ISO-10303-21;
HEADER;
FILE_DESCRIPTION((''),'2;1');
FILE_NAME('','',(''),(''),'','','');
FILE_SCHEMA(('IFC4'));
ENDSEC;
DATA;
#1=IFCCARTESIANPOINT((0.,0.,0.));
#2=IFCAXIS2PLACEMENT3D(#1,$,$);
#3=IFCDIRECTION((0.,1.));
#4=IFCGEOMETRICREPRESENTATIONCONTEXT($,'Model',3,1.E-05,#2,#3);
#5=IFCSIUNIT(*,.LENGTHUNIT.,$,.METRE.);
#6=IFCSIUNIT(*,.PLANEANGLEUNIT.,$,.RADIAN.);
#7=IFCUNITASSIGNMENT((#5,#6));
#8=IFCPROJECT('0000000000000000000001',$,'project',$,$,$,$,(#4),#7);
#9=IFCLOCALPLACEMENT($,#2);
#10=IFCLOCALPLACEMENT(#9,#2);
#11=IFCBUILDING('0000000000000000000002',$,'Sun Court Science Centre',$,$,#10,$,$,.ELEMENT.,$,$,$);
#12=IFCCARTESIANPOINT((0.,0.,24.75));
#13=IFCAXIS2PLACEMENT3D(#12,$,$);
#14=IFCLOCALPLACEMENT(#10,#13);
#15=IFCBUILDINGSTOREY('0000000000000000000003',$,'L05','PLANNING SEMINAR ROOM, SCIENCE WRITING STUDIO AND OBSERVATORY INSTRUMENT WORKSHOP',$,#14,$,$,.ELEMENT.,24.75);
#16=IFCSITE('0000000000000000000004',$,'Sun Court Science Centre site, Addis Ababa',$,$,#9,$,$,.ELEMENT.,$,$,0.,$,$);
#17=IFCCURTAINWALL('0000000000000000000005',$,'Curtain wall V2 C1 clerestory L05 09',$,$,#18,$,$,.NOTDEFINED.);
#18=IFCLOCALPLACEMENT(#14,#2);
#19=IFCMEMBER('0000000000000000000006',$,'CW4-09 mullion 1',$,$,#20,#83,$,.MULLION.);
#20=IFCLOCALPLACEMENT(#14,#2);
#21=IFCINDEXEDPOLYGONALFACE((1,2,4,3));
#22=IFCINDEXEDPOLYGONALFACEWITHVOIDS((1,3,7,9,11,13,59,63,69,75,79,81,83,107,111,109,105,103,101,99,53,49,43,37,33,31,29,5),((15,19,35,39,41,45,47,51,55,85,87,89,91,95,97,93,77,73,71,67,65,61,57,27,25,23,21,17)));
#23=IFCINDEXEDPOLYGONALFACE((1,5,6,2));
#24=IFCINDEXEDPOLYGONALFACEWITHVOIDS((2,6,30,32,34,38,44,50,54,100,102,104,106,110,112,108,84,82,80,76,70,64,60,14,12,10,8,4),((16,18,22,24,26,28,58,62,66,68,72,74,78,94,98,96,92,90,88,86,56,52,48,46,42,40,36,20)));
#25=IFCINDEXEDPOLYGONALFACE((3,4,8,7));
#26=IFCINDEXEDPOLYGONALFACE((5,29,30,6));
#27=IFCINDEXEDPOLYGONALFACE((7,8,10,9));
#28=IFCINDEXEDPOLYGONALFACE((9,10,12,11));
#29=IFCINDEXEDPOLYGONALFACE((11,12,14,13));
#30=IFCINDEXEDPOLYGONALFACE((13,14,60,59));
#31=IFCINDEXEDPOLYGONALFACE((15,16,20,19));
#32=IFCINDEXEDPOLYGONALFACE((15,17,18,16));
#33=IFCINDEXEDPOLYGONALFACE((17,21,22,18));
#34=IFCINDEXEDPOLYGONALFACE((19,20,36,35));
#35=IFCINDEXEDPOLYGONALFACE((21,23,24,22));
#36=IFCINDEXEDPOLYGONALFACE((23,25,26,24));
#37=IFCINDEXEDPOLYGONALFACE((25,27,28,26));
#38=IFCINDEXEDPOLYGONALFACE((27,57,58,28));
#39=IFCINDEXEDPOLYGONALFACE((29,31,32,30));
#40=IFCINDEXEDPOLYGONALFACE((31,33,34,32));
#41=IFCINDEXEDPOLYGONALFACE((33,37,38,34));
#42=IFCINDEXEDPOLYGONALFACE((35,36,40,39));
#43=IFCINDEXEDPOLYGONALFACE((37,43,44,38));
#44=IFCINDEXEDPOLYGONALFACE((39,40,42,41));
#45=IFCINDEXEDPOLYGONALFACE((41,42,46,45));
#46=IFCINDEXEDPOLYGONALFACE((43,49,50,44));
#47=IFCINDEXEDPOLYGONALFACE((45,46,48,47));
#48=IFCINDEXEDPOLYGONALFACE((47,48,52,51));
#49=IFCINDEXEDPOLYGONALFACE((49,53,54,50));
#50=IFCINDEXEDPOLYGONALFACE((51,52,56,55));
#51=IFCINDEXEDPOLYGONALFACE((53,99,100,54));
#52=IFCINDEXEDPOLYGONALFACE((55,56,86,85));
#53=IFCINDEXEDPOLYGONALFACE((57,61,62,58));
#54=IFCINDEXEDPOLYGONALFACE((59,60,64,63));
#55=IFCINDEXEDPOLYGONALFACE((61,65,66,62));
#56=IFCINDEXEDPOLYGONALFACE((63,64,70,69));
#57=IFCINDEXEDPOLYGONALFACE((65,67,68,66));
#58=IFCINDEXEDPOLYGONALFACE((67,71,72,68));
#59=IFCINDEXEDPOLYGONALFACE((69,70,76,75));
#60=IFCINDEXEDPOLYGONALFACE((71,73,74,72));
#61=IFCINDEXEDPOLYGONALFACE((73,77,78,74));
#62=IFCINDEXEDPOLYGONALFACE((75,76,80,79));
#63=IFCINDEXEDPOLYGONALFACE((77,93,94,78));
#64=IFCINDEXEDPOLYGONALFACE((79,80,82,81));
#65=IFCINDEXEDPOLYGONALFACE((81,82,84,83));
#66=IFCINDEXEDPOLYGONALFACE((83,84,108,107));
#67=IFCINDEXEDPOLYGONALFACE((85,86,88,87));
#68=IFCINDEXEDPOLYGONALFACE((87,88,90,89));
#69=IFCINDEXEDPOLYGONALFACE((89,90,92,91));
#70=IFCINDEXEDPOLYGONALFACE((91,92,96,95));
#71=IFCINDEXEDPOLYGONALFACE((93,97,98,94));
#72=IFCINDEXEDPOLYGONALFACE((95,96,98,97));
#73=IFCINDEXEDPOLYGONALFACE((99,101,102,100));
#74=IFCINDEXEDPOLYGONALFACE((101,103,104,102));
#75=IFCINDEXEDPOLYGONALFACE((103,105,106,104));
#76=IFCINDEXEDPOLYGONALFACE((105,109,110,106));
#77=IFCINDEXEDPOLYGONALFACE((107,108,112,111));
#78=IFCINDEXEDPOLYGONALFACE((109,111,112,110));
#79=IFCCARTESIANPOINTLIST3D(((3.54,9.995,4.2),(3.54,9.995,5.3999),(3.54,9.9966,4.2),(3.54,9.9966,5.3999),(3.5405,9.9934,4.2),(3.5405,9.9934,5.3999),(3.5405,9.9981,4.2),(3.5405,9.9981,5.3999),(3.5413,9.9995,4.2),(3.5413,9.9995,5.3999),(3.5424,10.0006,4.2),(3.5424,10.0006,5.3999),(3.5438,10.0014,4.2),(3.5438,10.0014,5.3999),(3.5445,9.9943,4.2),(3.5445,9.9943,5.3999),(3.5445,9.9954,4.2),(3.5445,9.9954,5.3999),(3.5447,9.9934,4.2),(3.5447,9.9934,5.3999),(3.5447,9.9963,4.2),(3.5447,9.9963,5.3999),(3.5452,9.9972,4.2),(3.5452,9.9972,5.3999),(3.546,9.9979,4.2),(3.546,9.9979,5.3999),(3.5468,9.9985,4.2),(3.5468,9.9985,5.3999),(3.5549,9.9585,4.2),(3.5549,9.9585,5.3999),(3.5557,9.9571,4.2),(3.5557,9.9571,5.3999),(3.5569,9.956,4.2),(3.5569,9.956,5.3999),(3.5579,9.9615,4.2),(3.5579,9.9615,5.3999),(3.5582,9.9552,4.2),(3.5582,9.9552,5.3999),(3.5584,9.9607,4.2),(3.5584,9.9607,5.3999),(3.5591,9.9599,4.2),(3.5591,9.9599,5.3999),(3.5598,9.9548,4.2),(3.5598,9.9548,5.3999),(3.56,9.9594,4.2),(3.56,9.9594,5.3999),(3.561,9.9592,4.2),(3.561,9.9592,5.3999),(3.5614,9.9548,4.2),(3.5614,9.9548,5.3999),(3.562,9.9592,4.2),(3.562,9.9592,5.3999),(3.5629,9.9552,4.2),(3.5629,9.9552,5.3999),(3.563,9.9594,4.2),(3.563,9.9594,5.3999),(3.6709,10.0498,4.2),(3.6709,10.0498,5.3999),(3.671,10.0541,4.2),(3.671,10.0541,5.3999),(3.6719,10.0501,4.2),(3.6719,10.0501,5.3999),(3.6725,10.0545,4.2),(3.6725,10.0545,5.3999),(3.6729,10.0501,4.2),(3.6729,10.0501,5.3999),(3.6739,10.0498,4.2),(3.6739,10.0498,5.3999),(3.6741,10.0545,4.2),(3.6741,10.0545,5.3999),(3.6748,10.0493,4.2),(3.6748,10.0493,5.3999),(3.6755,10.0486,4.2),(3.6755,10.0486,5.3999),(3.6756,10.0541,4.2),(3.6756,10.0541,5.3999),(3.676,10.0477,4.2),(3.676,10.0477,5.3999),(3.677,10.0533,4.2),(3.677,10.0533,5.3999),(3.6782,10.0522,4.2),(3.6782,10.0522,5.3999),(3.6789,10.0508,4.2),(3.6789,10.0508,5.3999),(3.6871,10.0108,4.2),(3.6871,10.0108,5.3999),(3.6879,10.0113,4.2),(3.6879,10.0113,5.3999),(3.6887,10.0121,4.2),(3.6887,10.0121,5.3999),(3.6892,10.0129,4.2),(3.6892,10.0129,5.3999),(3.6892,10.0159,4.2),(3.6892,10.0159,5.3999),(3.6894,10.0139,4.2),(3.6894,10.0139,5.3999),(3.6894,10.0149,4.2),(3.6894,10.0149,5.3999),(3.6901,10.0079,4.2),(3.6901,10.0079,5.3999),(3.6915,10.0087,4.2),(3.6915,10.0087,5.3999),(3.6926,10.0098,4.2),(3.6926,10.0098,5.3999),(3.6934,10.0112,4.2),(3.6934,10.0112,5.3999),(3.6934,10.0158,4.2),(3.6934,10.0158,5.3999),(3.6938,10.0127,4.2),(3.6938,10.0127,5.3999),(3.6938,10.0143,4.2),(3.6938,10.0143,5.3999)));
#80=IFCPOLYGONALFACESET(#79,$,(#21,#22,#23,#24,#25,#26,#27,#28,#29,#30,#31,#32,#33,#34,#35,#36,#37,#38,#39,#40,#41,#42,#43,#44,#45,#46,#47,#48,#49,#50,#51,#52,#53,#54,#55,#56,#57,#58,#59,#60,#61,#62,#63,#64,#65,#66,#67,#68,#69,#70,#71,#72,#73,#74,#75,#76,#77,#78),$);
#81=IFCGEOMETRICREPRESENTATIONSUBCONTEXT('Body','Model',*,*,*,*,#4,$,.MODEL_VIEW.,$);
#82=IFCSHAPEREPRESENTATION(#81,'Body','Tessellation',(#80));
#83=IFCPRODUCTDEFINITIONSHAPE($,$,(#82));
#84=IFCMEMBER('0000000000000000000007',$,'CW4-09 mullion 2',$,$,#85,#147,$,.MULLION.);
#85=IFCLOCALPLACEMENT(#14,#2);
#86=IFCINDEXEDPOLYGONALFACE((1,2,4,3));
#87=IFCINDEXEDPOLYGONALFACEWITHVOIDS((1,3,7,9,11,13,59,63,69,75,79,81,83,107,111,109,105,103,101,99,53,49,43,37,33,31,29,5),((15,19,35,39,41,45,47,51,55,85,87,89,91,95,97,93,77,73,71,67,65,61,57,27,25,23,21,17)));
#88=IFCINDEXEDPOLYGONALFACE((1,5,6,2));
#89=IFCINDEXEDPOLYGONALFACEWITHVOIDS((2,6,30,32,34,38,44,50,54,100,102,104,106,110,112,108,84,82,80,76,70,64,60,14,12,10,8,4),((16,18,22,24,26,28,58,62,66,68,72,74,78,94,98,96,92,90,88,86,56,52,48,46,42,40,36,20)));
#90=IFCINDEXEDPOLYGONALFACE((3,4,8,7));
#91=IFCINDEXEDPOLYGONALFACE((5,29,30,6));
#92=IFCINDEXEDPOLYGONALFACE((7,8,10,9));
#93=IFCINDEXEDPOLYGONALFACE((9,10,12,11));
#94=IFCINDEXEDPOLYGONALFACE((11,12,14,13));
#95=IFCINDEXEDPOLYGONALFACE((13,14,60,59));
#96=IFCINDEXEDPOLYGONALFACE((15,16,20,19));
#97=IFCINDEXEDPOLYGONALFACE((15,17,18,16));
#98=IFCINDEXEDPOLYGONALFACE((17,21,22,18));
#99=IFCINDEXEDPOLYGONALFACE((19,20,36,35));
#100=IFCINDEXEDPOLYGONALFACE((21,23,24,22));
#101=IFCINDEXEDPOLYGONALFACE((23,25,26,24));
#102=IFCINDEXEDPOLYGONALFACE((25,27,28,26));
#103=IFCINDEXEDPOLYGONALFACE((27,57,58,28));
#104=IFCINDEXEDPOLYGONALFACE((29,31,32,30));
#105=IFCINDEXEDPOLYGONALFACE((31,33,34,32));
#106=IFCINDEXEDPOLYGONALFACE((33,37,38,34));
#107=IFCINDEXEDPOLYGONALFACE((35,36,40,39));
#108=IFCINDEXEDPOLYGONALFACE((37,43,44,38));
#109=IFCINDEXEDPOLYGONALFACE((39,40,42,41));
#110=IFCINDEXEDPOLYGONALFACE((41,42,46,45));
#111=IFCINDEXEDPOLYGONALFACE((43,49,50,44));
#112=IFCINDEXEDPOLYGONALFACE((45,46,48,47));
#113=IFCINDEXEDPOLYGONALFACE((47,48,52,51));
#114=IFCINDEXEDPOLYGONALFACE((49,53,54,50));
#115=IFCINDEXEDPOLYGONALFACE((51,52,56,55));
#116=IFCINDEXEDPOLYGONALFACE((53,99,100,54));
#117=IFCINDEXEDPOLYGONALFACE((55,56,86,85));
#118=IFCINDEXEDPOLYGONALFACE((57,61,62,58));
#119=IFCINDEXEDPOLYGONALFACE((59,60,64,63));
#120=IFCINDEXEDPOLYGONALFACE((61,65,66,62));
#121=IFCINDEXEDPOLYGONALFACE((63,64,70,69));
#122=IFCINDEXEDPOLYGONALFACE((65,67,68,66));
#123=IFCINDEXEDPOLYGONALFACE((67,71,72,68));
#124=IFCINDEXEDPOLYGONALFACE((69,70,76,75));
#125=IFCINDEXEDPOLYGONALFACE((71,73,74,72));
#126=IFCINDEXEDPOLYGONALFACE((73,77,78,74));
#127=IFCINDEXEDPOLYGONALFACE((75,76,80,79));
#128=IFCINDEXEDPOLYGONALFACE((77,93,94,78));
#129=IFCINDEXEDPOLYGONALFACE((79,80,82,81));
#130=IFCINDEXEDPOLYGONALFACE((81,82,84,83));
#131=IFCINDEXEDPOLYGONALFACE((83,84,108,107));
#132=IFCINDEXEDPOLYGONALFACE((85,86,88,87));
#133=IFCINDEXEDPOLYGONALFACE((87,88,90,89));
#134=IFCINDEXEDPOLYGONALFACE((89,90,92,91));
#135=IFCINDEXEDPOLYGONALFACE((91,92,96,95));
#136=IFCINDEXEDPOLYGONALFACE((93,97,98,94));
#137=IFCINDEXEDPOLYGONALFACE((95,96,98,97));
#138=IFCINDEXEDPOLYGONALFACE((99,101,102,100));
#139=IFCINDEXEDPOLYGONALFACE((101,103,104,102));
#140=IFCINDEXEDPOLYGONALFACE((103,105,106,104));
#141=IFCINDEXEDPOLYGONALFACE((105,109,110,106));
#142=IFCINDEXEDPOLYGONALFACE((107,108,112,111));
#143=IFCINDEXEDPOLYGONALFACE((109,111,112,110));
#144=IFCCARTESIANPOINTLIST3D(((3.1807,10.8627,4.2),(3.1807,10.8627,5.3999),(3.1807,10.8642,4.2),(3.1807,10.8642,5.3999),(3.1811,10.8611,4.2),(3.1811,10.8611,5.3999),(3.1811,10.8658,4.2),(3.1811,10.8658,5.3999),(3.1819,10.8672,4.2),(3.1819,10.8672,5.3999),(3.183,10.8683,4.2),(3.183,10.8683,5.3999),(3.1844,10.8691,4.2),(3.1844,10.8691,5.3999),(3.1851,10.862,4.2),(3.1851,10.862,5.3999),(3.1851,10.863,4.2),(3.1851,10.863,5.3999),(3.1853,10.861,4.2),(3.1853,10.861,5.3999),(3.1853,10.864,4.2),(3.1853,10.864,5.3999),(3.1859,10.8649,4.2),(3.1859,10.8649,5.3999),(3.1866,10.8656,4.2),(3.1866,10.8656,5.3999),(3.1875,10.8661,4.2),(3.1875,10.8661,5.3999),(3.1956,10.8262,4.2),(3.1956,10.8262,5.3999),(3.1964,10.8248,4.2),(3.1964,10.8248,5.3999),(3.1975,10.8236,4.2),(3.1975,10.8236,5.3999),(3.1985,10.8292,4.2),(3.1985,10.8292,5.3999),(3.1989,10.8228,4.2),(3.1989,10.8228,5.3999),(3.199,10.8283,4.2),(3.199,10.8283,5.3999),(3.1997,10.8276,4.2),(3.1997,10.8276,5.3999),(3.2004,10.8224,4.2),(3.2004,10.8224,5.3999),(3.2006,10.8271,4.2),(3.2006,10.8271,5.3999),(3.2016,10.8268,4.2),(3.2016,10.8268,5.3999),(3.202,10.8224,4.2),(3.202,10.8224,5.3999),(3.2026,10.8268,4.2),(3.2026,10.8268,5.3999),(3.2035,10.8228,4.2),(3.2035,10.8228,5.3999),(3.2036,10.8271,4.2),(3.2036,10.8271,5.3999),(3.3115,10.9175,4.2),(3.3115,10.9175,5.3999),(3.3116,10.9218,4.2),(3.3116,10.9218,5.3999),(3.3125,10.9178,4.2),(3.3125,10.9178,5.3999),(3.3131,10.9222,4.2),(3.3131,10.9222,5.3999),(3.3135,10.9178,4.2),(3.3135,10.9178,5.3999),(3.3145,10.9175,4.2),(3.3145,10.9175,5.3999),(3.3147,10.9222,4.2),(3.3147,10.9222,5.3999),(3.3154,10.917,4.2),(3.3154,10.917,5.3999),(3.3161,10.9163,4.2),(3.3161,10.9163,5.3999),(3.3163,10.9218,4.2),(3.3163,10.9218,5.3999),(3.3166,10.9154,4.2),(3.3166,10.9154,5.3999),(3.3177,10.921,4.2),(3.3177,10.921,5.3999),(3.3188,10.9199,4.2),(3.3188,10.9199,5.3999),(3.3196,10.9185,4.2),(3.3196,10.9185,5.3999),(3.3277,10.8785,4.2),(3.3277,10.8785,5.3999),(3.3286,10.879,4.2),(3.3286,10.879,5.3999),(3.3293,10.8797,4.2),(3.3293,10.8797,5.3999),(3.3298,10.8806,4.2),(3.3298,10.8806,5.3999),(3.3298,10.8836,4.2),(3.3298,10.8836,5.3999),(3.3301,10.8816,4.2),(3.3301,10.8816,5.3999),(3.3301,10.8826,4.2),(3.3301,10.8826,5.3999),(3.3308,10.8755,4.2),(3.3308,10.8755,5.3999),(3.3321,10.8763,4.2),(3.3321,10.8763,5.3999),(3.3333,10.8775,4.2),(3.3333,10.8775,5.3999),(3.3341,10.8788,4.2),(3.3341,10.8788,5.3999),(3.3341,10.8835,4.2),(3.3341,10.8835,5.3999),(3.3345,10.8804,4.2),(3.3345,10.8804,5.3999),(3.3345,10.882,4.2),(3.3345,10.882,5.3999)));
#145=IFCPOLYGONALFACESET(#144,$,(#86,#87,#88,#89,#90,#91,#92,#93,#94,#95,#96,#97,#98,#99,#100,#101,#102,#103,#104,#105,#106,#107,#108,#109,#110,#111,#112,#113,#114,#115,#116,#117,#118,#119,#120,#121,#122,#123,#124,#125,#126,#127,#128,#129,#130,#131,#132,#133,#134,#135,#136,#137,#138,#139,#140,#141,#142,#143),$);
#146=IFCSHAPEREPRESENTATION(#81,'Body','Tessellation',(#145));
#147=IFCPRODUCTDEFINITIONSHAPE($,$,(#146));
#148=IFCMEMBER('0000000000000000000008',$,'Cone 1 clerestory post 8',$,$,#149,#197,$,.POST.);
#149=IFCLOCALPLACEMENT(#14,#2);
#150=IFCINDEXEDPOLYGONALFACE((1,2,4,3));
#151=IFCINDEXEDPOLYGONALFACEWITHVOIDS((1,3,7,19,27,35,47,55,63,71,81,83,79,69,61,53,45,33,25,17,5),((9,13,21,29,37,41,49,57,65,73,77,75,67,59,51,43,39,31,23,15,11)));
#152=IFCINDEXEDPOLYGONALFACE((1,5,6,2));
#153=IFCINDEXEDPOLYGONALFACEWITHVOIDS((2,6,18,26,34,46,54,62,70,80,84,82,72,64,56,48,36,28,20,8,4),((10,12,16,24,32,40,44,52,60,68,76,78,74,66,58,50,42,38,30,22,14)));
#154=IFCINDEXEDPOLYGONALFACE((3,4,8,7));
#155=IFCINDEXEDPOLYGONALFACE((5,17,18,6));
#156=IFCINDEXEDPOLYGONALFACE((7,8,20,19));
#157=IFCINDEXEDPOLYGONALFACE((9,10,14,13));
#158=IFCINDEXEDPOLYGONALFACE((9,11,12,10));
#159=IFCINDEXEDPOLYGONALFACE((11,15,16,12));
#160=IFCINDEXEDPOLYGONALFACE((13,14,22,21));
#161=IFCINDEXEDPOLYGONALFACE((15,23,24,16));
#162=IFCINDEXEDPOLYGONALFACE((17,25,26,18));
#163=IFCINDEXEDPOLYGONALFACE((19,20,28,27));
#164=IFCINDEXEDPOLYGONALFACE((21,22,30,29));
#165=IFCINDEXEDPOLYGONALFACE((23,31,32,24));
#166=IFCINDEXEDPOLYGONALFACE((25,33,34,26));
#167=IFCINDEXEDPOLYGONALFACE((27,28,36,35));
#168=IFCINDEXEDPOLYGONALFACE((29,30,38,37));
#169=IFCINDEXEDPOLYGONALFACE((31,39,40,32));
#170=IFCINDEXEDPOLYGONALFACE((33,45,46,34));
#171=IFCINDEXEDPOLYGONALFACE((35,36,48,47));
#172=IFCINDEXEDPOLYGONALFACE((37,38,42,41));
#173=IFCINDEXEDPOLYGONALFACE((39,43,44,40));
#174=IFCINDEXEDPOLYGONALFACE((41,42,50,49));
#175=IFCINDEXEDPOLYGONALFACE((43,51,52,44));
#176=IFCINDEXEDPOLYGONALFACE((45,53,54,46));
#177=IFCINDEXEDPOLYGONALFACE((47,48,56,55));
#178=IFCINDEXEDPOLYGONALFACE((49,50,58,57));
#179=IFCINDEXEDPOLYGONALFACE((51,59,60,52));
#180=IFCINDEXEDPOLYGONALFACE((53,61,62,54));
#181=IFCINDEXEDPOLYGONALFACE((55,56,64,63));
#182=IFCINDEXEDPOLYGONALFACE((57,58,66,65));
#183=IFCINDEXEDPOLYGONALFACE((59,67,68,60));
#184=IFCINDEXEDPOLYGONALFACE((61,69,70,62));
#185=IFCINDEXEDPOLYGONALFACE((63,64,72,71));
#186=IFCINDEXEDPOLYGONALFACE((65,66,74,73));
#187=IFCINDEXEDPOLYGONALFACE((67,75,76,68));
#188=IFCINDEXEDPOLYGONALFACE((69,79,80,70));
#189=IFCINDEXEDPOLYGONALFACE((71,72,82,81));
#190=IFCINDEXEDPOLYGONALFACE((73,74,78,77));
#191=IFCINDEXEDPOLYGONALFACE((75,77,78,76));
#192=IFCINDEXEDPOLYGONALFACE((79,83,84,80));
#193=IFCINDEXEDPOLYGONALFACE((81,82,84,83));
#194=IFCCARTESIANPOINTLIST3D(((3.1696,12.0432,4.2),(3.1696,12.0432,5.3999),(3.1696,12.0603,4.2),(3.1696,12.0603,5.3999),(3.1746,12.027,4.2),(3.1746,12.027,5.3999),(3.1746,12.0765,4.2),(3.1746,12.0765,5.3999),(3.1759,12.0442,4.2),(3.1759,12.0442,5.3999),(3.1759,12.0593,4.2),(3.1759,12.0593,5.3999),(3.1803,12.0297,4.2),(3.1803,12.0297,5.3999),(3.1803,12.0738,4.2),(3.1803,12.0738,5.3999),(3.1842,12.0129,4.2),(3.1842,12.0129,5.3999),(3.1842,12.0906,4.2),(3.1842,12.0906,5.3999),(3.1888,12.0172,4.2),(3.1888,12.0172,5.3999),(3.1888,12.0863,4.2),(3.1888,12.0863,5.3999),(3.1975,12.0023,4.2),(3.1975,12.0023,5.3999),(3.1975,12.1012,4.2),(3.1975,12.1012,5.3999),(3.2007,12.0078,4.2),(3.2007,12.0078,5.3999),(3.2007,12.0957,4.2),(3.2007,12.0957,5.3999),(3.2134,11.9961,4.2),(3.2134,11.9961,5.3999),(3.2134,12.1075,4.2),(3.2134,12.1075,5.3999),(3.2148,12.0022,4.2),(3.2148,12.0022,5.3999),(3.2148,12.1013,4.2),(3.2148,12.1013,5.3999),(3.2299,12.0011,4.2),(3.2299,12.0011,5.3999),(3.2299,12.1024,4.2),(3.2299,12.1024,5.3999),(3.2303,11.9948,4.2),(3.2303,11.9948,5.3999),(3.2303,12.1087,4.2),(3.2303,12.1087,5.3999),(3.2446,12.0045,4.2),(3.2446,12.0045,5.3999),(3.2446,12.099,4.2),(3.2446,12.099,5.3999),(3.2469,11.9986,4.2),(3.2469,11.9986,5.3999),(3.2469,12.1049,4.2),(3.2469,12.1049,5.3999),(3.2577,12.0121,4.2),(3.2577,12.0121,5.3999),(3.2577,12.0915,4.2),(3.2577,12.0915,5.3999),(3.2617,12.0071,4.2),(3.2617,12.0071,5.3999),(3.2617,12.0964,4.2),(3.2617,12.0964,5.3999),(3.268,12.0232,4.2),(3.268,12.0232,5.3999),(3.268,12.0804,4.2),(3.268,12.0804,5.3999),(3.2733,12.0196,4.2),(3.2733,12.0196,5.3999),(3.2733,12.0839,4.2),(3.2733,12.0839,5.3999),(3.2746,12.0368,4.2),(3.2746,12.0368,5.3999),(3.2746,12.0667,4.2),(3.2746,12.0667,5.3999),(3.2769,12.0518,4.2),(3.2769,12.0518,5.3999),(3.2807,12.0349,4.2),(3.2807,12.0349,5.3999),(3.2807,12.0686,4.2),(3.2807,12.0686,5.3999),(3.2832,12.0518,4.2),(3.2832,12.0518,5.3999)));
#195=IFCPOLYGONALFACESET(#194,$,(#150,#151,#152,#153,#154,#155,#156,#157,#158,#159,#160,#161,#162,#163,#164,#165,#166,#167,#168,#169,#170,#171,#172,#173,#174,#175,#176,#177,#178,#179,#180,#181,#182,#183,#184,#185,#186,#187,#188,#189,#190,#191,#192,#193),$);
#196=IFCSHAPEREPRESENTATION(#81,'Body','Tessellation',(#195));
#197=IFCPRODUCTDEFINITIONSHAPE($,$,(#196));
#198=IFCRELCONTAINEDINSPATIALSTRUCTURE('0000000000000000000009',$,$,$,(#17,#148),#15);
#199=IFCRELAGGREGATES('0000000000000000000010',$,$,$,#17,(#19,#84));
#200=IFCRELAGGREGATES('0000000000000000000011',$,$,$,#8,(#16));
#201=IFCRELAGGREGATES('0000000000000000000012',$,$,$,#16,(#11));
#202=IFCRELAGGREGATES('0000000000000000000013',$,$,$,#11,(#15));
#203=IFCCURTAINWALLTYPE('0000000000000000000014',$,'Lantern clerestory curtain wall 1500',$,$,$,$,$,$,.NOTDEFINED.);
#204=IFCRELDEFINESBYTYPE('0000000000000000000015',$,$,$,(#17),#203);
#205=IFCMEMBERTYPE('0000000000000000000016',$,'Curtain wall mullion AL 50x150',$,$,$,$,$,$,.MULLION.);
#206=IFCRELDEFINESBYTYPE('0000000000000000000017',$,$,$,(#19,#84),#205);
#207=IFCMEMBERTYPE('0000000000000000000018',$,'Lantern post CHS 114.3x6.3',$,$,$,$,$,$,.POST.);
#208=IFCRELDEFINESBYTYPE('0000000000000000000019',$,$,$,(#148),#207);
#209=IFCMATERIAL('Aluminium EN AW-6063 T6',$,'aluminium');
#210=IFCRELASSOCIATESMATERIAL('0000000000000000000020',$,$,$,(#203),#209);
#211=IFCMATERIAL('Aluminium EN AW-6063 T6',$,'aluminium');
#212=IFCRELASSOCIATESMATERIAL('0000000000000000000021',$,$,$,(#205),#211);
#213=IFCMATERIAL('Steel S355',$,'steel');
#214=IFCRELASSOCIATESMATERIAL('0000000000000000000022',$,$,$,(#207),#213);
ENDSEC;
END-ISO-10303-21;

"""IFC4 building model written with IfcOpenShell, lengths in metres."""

from ifc_helpers import new_model, si_unit, direction, frame, origin, origin_2d, place, context, subcontext, project, spatial, hollow_rectangle, hollow_circle, extrude, material, material_profile, profile_set, type_object, element, aggregate, save


model = new_model("IFC4")

# Units and contexts
model_context = context("Model", 3, precision=1e-05, world=origin(), true_north=direction((0.0, 1.0)))
body_context = subcontext(model_context, "Body", "Model", "MODEL_VIEW")
ifc_project = project(units=[si_unit("LENGTHUNIT", "METRE"), si_unit("PLANEANGLEUNIT", "RADIAN")], contexts=[model_context])

# Site, building, storey
site_placement = place(None, origin())
site = spatial("IfcSite", under=ifc_project, at=site_placement, Name="Sun Court Science Centre site, Addis Ababa", CompositionType="ELEMENT", RefElevation=0.0)
building_placement = place(site_placement, origin())
building = spatial("IfcBuilding", under=site, at=building_placement, Name="Sun Court Science Centre", CompositionType="ELEMENT")
storey_placement = place(building_placement, frame((0.0, 0.0, 24.75)))
storey = spatial("IfcBuildingStorey", under=building, at=storey_placement, Name="L05", Description="PLANNING SEMINAR ROOM, SCIENCE WRITING STUDIO AND OBSERVATORY INSTRUMENT WORKSHOP", CompositionType="ELEMENT", Elevation=24.75)

# Curtain wall, members
ifc_material_1 = material(Name="Aluminium EN AW-6063 T6", Category="aluminium")
curtain_wall_type = type_object("IfcCurtainWallType", Name="Lantern clerestory curtain wall 1500", PredefinedType="NOTDEFINED", material=ifc_material_1)
ifc_material_2 = material(Name="Aluminium EN AW-6063 T6", Category="aluminium")
ifc_material_profile_1 = material_profile(ifc_material_2, hollow_rectangle(XDim=0.05, YDim=0.1499, WallThickness=0.0039, InnerFilletRadius=0.0039, OuterFilletRadius=0.0061, at=origin_2d()), Name="AL 50x150x4")
ifc_profile_set_1 = profile_set([ifc_material_profile_1], Name="Aluminium EN AW-6063 T6")
member_type_1 = type_object("IfcMemberType", Name="Curtain wall mullion AL 50x150", PredefinedType="MULLION", material=ifc_profile_set_1)
curtain_wall_1_placement = place(storey_placement, origin())
curtain_wall_1 = element("IfcCurtainWall", 1, at=curtain_wall_1_placement, inside=storey, type_object=curtain_wall_type, Name="Curtain wall V2 C1 clerestory L05 09", PredefinedType="NOTDEFINED")
member_1_placement = place(storey_placement, frame((3.6169, 10.0046, 4.2), z_axis=(0.0, 0.0, 1.0), x_axis=(-0.382683, 0.92388, 0.0)))
member_1 = element("IfcMember", 2, at=member_1_placement, type_object=member_type_1, Name="CW4-09 mullion 1", PredefinedType="MULLION", context=body_context, shape_type="SweptSolid", body=[
    extrude(hollow_rectangle(XDim=0.05, YDim=0.1499, WallThickness=0.0039, InnerFilletRadius=0.0039, OuterFilletRadius=0.0061, at=origin_2d()), origin(), (0.0, 0.0, 1.0), 1.2),
])
member_2_placement = place(storey_placement, frame((3.2576, 10.8723, 4.2), z_axis=(0.0, 0.0, 1.0), x_axis=(-0.382683, 0.92388, 0.0)))
member_2 = element("IfcMember", 3, at=member_2_placement, type_object=member_type_1, Name="CW4-09 mullion 2", PredefinedType="MULLION", context=body_context, shape_type="SweptSolid", body=[
    extrude(hollow_rectangle(XDim=0.05, YDim=0.1499, WallThickness=0.0039, InnerFilletRadius=0.0039, OuterFilletRadius=0.0061, at=origin_2d()), origin(), (0.0, 0.0, 1.0), 1.2),
])
aggregate(curtain_wall_1, [member_1, member_2])

# Member
ifc_material_3 = material(Name="Steel S355", Category="steel")
ifc_material_profile_2 = material_profile(ifc_material_3, hollow_circle(Radius=0.0571, WallThickness=0.0063, at=origin_2d()), Name="CHS 114.3x6.3")
ifc_profile_set_2 = profile_set([ifc_material_profile_2], Name="Steel S355")
member_type_2 = type_object("IfcMemberType", Name="Lantern post CHS 114.3x6.3", PredefinedType="POST", material=ifc_profile_set_2)
for number, where, z_axis, x_axis, name in (
    (4, (3.2261, 12.0518, 4.2), (0.0, 0.0, 1.0), (1.0, 0.0, 0.0), "Cone 1 clerestory post 8"),
):
    element("IfcMember", number, at=place(storey_placement, frame(where, z_axis=z_axis, x_axis=x_axis)), inside=storey, type_object=member_type_2, Name=name, PredefinedType="POST", context=body_context, shape_type="SweptSolid", body=[
        extrude(hollow_circle(Radius=0.0571, WallThickness=0.0063, at=origin_2d()), origin(), (0.0, 0.0, 1.0), 1.2),
    ])

save(model, "model.ifc")
